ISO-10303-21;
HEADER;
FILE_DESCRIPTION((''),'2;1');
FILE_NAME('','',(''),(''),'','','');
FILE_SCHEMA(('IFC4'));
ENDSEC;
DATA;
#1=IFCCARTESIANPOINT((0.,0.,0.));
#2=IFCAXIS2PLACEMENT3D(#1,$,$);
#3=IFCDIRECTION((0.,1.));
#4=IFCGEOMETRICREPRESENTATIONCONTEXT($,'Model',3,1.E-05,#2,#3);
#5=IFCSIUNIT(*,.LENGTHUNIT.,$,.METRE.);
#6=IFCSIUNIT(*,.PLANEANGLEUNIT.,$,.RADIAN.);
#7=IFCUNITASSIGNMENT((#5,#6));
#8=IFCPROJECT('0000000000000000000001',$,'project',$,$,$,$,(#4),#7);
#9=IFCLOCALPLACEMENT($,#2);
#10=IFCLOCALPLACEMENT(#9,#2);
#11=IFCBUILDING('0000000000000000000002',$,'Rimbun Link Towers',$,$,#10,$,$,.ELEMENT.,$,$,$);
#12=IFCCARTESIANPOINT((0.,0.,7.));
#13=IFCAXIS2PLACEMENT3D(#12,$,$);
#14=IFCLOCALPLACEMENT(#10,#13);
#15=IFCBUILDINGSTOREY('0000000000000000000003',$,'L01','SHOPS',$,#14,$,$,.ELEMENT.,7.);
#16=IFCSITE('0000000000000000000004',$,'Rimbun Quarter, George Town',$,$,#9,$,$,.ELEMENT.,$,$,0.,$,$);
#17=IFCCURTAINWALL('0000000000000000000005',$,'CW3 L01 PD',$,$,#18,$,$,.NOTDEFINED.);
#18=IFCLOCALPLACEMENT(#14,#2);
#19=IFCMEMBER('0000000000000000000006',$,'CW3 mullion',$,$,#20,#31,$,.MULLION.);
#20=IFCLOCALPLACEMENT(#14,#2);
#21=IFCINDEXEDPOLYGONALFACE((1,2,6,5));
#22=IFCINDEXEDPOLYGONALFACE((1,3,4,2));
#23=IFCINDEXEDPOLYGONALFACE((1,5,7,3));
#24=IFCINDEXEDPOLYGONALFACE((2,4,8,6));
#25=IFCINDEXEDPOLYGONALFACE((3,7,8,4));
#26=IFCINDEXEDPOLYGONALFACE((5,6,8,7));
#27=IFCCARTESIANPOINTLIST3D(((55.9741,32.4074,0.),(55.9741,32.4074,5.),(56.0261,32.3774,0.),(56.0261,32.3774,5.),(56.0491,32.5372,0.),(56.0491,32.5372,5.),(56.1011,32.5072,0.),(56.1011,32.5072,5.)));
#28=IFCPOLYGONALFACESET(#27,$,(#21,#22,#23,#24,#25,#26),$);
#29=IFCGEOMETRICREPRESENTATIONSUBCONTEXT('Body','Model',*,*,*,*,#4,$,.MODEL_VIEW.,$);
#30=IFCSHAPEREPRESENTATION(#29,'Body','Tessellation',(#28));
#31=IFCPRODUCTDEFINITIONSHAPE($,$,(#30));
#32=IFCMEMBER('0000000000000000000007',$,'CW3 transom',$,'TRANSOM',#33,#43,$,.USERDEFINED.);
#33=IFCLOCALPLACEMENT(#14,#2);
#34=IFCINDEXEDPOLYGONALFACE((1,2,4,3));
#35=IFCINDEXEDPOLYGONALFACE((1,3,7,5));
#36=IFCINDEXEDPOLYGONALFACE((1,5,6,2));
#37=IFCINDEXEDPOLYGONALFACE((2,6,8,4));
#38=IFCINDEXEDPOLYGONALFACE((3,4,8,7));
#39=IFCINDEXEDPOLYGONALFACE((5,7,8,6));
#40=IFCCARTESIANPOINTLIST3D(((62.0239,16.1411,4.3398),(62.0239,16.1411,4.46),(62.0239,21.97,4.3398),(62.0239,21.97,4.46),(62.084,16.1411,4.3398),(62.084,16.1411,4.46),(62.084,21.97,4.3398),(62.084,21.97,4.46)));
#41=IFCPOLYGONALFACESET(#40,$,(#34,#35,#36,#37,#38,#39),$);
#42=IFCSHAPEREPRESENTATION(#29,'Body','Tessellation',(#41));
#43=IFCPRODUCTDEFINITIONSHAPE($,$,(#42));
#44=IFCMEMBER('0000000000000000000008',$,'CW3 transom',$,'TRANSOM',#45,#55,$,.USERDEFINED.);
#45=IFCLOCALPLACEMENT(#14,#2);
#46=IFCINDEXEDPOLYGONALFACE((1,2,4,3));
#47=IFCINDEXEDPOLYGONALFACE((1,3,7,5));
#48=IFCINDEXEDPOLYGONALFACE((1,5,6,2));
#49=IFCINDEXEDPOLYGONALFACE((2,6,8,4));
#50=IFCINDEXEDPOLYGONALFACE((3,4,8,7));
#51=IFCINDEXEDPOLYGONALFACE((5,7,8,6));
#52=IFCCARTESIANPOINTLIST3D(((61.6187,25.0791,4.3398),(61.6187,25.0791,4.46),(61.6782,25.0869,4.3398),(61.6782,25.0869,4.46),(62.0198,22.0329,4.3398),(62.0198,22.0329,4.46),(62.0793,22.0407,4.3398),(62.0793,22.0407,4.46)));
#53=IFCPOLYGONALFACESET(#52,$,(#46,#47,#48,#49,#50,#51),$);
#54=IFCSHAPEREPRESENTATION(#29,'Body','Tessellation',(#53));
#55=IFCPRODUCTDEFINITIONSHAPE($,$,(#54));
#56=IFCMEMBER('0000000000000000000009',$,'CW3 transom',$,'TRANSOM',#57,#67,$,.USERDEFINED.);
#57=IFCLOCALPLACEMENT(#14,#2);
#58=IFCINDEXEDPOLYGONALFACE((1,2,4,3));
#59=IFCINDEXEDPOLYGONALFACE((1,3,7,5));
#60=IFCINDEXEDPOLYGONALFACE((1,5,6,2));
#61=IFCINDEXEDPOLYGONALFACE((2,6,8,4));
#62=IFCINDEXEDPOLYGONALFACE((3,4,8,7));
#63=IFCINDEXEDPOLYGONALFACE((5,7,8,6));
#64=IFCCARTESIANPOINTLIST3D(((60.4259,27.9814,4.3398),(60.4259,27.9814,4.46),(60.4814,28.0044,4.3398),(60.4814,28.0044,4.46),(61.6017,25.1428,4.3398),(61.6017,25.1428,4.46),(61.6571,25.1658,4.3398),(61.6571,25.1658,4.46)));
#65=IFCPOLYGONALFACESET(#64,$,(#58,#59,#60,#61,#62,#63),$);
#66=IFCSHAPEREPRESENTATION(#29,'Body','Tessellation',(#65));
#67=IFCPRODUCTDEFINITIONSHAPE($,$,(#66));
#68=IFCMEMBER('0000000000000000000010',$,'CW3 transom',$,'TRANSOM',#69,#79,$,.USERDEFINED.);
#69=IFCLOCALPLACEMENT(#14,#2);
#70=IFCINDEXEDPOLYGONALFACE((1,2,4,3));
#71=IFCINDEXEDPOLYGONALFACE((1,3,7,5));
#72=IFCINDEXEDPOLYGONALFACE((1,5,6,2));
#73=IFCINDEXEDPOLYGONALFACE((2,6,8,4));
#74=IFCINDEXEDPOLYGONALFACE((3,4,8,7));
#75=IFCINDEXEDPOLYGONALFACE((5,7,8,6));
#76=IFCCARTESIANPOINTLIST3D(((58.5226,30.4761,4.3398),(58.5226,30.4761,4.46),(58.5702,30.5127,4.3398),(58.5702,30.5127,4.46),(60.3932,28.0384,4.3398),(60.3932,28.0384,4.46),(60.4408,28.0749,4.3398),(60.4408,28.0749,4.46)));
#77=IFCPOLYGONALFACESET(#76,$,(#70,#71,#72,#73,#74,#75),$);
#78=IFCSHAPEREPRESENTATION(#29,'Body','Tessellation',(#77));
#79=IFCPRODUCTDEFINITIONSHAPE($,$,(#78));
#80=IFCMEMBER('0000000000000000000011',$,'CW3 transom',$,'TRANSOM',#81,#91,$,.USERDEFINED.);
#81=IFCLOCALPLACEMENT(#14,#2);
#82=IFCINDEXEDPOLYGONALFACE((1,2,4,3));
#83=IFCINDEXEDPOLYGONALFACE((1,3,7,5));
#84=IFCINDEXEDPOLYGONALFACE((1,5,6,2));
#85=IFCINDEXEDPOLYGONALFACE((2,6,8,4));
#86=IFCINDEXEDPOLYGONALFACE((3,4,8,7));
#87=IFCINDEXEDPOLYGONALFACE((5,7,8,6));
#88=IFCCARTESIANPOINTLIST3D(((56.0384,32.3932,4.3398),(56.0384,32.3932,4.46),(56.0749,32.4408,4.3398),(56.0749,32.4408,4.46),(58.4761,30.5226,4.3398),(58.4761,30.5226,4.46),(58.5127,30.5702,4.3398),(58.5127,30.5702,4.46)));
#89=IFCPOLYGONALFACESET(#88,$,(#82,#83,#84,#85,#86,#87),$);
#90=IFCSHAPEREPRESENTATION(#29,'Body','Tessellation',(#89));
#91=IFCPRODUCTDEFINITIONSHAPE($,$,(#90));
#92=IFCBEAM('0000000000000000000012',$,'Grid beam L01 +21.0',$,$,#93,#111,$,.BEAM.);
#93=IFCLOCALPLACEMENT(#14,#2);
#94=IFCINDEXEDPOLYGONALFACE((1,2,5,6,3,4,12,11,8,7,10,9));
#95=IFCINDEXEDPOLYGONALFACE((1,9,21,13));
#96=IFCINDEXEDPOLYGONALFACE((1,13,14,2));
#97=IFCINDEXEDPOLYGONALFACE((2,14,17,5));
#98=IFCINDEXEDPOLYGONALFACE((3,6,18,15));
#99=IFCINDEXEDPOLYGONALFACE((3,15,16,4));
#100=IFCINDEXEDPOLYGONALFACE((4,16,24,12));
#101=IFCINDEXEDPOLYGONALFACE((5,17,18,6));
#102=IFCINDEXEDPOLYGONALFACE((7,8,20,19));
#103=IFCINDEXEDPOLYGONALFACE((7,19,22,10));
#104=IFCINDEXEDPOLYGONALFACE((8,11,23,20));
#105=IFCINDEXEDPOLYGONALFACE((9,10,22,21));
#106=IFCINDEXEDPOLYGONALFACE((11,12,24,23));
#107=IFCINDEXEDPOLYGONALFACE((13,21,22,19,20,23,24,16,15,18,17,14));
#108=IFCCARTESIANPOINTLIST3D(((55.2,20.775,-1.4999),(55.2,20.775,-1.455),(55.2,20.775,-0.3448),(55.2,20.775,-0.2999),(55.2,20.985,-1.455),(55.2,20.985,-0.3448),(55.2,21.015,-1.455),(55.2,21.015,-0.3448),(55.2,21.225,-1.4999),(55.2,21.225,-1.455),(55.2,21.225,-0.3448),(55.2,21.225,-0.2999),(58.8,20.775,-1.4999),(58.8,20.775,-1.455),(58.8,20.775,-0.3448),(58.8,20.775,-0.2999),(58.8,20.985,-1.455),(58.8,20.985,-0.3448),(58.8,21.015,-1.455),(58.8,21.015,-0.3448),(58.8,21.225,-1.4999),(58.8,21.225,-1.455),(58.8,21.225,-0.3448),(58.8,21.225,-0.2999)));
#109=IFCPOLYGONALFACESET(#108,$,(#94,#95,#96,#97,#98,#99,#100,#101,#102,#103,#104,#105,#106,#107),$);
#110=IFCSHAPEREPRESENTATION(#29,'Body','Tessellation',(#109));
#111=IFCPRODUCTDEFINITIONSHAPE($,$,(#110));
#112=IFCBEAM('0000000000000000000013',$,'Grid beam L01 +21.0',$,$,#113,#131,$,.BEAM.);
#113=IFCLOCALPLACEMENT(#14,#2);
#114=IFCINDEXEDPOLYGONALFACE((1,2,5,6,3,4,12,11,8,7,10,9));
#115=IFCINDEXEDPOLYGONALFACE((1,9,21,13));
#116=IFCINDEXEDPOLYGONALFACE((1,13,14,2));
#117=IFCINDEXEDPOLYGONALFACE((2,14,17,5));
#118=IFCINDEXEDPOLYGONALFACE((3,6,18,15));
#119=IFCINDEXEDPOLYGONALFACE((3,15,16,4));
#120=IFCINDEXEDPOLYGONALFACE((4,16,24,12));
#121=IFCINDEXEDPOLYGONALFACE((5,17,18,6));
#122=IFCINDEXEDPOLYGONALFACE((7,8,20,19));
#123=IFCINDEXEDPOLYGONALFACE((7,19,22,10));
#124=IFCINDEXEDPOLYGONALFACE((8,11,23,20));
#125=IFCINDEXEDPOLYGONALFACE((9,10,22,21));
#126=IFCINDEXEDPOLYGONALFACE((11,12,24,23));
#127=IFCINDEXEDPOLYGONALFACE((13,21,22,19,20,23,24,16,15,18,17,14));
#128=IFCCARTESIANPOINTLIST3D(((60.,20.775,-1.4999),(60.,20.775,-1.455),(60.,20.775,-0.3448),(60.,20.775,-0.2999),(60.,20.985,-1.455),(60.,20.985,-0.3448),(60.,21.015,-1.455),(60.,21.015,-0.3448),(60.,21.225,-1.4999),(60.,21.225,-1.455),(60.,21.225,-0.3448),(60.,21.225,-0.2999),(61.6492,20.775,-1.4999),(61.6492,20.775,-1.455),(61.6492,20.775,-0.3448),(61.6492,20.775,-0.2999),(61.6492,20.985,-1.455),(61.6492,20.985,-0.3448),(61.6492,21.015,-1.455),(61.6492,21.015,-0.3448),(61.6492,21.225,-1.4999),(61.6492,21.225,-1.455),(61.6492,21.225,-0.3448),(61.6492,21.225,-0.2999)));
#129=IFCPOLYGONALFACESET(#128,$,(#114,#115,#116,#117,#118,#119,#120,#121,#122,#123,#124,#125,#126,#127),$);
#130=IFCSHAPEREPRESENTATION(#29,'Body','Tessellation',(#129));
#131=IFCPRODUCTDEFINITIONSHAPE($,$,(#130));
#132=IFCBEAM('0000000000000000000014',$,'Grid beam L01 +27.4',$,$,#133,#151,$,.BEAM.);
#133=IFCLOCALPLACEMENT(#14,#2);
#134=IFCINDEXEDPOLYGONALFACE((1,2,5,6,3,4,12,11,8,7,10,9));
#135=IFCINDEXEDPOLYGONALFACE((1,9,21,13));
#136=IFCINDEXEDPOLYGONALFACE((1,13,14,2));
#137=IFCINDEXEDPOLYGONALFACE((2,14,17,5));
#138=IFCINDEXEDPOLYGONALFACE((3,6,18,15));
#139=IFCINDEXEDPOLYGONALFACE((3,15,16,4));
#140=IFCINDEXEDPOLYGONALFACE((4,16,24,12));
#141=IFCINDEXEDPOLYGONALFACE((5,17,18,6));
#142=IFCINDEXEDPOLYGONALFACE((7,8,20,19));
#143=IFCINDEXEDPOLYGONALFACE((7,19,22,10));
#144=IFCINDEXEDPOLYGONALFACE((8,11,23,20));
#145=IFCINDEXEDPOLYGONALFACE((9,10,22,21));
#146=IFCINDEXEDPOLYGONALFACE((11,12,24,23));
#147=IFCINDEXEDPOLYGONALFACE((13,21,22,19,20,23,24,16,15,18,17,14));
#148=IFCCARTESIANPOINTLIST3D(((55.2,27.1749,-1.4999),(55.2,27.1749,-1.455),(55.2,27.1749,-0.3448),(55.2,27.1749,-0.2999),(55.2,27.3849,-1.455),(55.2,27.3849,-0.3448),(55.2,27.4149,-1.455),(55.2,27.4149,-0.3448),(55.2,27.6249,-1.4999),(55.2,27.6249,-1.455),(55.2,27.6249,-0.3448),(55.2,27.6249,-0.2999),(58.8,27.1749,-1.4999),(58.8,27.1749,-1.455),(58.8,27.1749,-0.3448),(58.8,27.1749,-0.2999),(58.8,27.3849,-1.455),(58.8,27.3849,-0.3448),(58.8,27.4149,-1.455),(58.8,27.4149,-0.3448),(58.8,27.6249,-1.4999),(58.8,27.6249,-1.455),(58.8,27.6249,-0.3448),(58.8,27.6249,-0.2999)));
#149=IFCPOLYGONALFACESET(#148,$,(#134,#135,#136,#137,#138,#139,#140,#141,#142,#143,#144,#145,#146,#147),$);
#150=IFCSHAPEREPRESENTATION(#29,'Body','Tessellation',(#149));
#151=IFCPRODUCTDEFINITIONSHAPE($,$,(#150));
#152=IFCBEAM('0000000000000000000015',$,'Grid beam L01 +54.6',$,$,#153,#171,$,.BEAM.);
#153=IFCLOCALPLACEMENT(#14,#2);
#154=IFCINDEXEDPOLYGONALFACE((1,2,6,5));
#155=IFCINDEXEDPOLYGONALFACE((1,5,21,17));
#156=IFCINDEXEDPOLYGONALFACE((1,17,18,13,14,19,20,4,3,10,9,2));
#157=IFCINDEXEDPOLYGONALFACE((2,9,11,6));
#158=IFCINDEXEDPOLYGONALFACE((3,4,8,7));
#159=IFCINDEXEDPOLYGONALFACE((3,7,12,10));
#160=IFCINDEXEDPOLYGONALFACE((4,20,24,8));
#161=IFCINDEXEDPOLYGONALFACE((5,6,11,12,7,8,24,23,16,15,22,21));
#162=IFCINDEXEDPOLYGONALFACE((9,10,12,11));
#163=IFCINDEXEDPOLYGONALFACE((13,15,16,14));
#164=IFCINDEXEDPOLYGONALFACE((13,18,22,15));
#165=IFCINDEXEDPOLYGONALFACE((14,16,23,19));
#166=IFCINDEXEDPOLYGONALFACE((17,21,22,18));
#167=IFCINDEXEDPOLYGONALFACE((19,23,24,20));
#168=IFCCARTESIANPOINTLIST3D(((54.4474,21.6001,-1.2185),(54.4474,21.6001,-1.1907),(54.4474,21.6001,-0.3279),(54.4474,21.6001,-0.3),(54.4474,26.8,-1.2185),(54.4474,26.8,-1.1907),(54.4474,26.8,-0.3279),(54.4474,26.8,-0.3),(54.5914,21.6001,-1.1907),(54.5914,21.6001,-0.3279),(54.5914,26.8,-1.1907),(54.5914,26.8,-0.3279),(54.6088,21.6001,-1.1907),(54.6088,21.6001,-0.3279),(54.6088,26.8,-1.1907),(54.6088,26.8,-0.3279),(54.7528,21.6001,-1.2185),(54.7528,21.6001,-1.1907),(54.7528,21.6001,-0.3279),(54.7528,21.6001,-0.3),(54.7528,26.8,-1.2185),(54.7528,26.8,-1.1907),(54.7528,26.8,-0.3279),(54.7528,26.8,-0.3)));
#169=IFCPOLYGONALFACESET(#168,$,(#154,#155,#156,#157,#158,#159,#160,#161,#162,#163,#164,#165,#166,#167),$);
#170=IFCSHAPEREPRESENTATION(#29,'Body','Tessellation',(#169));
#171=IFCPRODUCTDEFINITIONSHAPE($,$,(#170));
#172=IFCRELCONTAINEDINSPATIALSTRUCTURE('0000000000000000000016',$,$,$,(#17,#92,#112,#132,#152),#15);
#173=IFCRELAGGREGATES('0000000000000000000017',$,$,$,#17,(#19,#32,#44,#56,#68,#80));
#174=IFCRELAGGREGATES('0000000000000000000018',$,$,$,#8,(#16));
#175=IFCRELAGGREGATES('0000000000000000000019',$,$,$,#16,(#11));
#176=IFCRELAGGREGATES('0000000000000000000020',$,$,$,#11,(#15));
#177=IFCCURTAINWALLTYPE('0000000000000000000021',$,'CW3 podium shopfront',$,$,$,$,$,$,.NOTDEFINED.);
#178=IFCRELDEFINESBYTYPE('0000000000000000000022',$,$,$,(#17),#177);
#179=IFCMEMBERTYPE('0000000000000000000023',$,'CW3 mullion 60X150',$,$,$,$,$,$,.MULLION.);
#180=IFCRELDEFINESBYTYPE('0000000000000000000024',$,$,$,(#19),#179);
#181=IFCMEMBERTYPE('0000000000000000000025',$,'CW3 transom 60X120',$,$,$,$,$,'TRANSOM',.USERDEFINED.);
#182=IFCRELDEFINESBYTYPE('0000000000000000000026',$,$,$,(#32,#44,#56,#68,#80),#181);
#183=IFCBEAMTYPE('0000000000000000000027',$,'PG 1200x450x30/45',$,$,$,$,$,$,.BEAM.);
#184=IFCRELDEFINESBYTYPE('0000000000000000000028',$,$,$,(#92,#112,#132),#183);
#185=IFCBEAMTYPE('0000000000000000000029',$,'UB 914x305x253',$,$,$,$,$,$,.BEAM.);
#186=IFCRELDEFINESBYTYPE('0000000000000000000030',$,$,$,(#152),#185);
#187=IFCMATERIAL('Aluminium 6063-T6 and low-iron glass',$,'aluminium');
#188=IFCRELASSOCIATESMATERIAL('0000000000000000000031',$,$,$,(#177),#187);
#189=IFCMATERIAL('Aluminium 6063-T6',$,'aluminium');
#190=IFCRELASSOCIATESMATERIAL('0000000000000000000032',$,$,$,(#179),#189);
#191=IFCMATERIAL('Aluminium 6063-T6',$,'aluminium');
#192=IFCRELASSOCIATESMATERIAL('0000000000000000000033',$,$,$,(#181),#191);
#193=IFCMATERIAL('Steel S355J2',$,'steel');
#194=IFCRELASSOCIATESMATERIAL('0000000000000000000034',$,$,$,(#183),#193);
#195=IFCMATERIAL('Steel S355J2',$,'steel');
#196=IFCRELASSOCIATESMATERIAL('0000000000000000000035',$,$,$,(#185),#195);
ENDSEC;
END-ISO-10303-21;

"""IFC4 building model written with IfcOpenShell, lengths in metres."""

from ifc_helpers import new_model, si_unit, direction, frame, origin, origin_2d, place, context, subcontext, project, spatial, rectangle, i_section, extrude, material, material_profile, profile_set, type_object, element, aggregate, save


model = new_model("IFC4")

# Units and contexts
model_context = context("Model", 3, precision=1e-05, world=origin(), true_north=direction((0.0, 1.0)))
body_context = subcontext(model_context, "Body", "Model", "MODEL_VIEW")
ifc_project = project(units=[si_unit("LENGTHUNIT", "METRE"), si_unit("PLANEANGLEUNIT", "RADIAN")], contexts=[model_context])

# Site, building, storey
site_placement = place(None, origin())
site = spatial("IfcSite", under=ifc_project, at=site_placement, Name="Rimbun Quarter, George Town", CompositionType="ELEMENT", RefElevation=0.0)
building_placement = place(site_placement, origin())
building = spatial("IfcBuilding", under=site, at=building_placement, Name="Rimbun Link Towers", CompositionType="ELEMENT")
storey_placement = place(building_placement, frame((0.0, 0.0, 7.0)))
storey = spatial("IfcBuildingStorey", under=building, at=storey_placement, Name="L01", Description="SHOPS", CompositionType="ELEMENT", Elevation=7.0)

# Curtain wall, members
ifc_material_1 = material(Name="Aluminium 6063-T6 and low-iron glass", Category="aluminium")
curtain_wall_type = type_object("IfcCurtainWallType", Name="CW3 podium shopfront", PredefinedType="NOTDEFINED", material=ifc_material_1)
curtain_wall_placement = place(storey_placement, origin())
curtain_wall = element("IfcCurtainWall", 1, at=curtain_wall_placement, inside=storey, type_object=curtain_wall_type, Name="CW3 L01 PD", PredefinedType="NOTDEFINED")
ifc_material_2 = material(Name="Aluminium 6063-T6", Category="aluminium")
ifc_material_profile_1 = material_profile(ifc_material_2, rectangle(XDim=0.1499, YDim=0.0601, at=origin_2d()), Name="MULLION 60X150")
ifc_profile_set_1 = profile_set([ifc_material_profile_1], Name="Aluminium 6063-T6")
member_type_1 = type_object("IfcMemberType", Name="CW3 mullion 60X150", PredefinedType="MULLION", material=ifc_profile_set_1)
member_1_placement = place(storey_placement, frame((56.0376, 32.4573, 0.0), z_axis=(0.0, 0.0, 1.0), x_axis=(0.499994, 0.866029, 0.0)))
member_1 = element("IfcMember", 2, at=member_1_placement, type_object=member_type_1, Name="CW3 mullion", PredefinedType="MULLION", context=body_context, shape_type="SweptSolid", body=[
    extrude(rectangle(XDim=0.1499, YDim=0.0601, at=origin_2d()), origin(), (0.0, 0.0, 1.0), 5.0),
])
ifc_material_3 = material(Name="Aluminium 6063-T6", Category="aluminium")
ifc_material_profile_2 = material_profile(ifc_material_3, rectangle(XDim=0.0601, YDim=0.1201, at=origin_2d()), Name="TRANSOM 60X120")
ifc_profile_set_2 = profile_set([ifc_material_profile_2], Name="Aluminium 6063-T6")
member_type_2 = type_object("IfcMemberType", Name="CW3 transom 60X120", ElementType="TRANSOM", PredefinedType="USERDEFINED", material=ifc_profile_set_2)
member_2_placement = place(storey_placement, frame((62.054, 21.97, 4.3999), z_axis=(0.0, -1.0, 0.0), x_axis=(1.0, 0.0, 0.0)))
member_2 = element("IfcMember", 3, at=member_2_placement, type_object=member_type_2, Name="CW3 transom", ObjectType="TRANSOM", PredefinedType="USERDEFINED", context=body_context, shape_type="SweptSolid", body=[
    extrude(rectangle(XDim=0.0601, YDim=0.1201, at=origin_2d()), origin(), (0.0, 0.0, 1.0), 5.8289),
])
member_3_placement = place(storey_placement, frame((61.6484, 25.083, 4.3999), z_axis=(0.130555, -0.991441, 0.0), x_axis=(0.991441, 0.130555, 0.0)))
member_3 = element("IfcMember", 4, at=member_3_placement, type_object=member_type_2, Name="CW3 transom", ObjectType="TRANSOM", PredefinedType="USERDEFINED", context=body_context, shape_type="SweptSolid", body=[
    extrude(rectangle(XDim=0.0601, YDim=0.1201, at=origin_2d()), origin(), (0.0, 0.0, 1.0), 3.0725),
])
member_4_placement = place(storey_placement, frame((60.4536, 27.9929, 4.3999), z_axis=(0.382679, -0.923881, 0.0), x_axis=(0.923881, 0.382679, 0.0)))
member_4 = element("IfcMember", 5, at=member_4_placement, type_object=member_type_2, Name="CW3 transom", ObjectType="TRANSOM", PredefinedType="USERDEFINED", context=body_context, shape_type="SweptSolid", body=[
    extrude(rectangle(XDim=0.0601, YDim=0.1201, at=origin_2d()), origin(), (0.0, 0.0, 1.0), 3.0725),
])
member_5_placement = place(storey_placement, frame((58.5464, 30.4944, 4.3999), z_axis=(0.608773, -0.793344, 0.0), x_axis=(0.793344, 0.608773, 0.0)))
member_5 = element("IfcMember", 6, at=member_5_placement, type_object=member_type_2, Name="CW3 transom", ObjectType="TRANSOM", PredefinedType="USERDEFINED", context=body_context, shape_type="SweptSolid", body=[
    extrude(rectangle(XDim=0.0601, YDim=0.1201, at=origin_2d()), origin(), (0.0, 0.0, 1.0), 3.0728),
])
member_6_placement = place(storey_placement, frame((56.0566, 32.417, 4.3999), z_axis=(0.793344, -0.608773, 0.0), x_axis=(0.608773, 0.793344, 0.0)))
member_6 = element("IfcMember", 7, at=member_6_placement, type_object=member_type_2, Name="CW3 transom", ObjectType="TRANSOM", PredefinedType="USERDEFINED", context=body_context, shape_type="SweptSolid", body=[
    extrude(rectangle(XDim=0.0601, YDim=0.1201, at=origin_2d()), origin(), (0.0, 0.0, 1.0), 3.0728),
])

# Beams
ifc_material_4 = material(Name="Steel S355J2", Category="steel")
ifc_material_profile_3 = material_profile(ifc_material_4, i_section(OverallWidth=0.45, OverallDepth=1.2, WebThickness=0.03, FlangeThickness=0.0449, at=origin_2d()), Name="PG 1200x450x30/45")
ifc_profile_set_3 = profile_set([ifc_material_profile_3], Name="Steel S355J2")
beam_type_1 = type_object("IfcBeamType", Name="PG 1200x450x30/45", PredefinedType="BEAM", material=ifc_profile_set_3)
beam_1_placement = place(storey_placement, frame((55.2, 21.0, -0.8999), z_axis=(1.0, 0.0, 0.0), x_axis=(0.0, 1.0, 0.0)))
element("IfcBeam", 8, at=beam_1_placement, inside=storey, type_object=beam_type_1, Name="Grid beam L01 +21.0", PredefinedType="BEAM", context=body_context, shape_type="SweptSolid", body=[
    extrude(i_section(OverallWidth=0.45, OverallDepth=1.2, WebThickness=0.03, FlangeThickness=0.0449, at=origin_2d()), origin(), (0.0, 0.0, 1.0), 3.6001),
])
beam_2_placement = place(storey_placement, frame((60.0, 21.0, -0.8999), z_axis=(1.0, 0.0, 0.0), x_axis=(0.0, 1.0, 0.0)))
element("IfcBeam", 9, at=beam_2_placement, inside=storey, type_object=beam_type_1, Name="Grid beam L01 +21.0", PredefinedType="BEAM", context=body_context, shape_type="SweptSolid", body=[
    extrude(i_section(OverallWidth=0.45, OverallDepth=1.2, WebThickness=0.03, FlangeThickness=0.0449, at=origin_2d()), origin(), (0.0, 0.0, 1.0), 1.6492),
])
beam_3_placement = place(storey_placement, frame((55.2, 27.3999, -0.8999), z_axis=(1.0, 0.0, 0.0), x_axis=(0.0, 1.0, 0.0)))
element("IfcBeam", 10, at=beam_3_placement, inside=storey, type_object=beam_type_1, Name="Grid beam L01 +27.4", PredefinedType="BEAM", context=body_context, shape_type="SweptSolid", body=[
    extrude(i_section(OverallWidth=0.45, OverallDepth=1.2, WebThickness=0.03, FlangeThickness=0.0449, at=origin_2d()), origin(), (0.0, 0.0, 1.0), 3.6001),
])
ifc_material_5 = material(Name="Steel S355J2", Category="steel")
ifc_material_profile_4 = material_profile(ifc_material_5, i_section(OverallWidth=0.3054, OverallDepth=0.9185, WebThickness=0.0173, FlangeThickness=0.0278, at=origin_2d()), Name="UB 914x305x253")
ifc_profile_set_4 = profile_set([ifc_material_profile_4], Name="Steel S355J2")
beam_type_2 = type_object("IfcBeamType", Name="UB 914x305x253", PredefinedType="BEAM", material=ifc_profile_set_4)
beam_4_placement = place(storey_placement, frame((54.6001, 21.6001, -0.7593), z_axis=(0.0, 1.0, 0.0), x_axis=(-1.0, 0.0, 0.0)))
element("IfcBeam", 11, at=beam_4_placement, inside=storey, type_object=beam_type_2, Name="Grid beam L01 +54.6", PredefinedType="BEAM", context=body_context, shape_type="SweptSolid", body=[
    extrude(i_section(OverallWidth=0.3054, OverallDepth=0.9185, WebThickness=0.0173, FlangeThickness=0.0278, at=origin_2d()), origin(), (0.0, 0.0, 1.0), 5.2),
])

aggregate(curtain_wall, [member_1, member_2, member_3, member_4, member_5, member_6])

save(model, "model.ifc")
